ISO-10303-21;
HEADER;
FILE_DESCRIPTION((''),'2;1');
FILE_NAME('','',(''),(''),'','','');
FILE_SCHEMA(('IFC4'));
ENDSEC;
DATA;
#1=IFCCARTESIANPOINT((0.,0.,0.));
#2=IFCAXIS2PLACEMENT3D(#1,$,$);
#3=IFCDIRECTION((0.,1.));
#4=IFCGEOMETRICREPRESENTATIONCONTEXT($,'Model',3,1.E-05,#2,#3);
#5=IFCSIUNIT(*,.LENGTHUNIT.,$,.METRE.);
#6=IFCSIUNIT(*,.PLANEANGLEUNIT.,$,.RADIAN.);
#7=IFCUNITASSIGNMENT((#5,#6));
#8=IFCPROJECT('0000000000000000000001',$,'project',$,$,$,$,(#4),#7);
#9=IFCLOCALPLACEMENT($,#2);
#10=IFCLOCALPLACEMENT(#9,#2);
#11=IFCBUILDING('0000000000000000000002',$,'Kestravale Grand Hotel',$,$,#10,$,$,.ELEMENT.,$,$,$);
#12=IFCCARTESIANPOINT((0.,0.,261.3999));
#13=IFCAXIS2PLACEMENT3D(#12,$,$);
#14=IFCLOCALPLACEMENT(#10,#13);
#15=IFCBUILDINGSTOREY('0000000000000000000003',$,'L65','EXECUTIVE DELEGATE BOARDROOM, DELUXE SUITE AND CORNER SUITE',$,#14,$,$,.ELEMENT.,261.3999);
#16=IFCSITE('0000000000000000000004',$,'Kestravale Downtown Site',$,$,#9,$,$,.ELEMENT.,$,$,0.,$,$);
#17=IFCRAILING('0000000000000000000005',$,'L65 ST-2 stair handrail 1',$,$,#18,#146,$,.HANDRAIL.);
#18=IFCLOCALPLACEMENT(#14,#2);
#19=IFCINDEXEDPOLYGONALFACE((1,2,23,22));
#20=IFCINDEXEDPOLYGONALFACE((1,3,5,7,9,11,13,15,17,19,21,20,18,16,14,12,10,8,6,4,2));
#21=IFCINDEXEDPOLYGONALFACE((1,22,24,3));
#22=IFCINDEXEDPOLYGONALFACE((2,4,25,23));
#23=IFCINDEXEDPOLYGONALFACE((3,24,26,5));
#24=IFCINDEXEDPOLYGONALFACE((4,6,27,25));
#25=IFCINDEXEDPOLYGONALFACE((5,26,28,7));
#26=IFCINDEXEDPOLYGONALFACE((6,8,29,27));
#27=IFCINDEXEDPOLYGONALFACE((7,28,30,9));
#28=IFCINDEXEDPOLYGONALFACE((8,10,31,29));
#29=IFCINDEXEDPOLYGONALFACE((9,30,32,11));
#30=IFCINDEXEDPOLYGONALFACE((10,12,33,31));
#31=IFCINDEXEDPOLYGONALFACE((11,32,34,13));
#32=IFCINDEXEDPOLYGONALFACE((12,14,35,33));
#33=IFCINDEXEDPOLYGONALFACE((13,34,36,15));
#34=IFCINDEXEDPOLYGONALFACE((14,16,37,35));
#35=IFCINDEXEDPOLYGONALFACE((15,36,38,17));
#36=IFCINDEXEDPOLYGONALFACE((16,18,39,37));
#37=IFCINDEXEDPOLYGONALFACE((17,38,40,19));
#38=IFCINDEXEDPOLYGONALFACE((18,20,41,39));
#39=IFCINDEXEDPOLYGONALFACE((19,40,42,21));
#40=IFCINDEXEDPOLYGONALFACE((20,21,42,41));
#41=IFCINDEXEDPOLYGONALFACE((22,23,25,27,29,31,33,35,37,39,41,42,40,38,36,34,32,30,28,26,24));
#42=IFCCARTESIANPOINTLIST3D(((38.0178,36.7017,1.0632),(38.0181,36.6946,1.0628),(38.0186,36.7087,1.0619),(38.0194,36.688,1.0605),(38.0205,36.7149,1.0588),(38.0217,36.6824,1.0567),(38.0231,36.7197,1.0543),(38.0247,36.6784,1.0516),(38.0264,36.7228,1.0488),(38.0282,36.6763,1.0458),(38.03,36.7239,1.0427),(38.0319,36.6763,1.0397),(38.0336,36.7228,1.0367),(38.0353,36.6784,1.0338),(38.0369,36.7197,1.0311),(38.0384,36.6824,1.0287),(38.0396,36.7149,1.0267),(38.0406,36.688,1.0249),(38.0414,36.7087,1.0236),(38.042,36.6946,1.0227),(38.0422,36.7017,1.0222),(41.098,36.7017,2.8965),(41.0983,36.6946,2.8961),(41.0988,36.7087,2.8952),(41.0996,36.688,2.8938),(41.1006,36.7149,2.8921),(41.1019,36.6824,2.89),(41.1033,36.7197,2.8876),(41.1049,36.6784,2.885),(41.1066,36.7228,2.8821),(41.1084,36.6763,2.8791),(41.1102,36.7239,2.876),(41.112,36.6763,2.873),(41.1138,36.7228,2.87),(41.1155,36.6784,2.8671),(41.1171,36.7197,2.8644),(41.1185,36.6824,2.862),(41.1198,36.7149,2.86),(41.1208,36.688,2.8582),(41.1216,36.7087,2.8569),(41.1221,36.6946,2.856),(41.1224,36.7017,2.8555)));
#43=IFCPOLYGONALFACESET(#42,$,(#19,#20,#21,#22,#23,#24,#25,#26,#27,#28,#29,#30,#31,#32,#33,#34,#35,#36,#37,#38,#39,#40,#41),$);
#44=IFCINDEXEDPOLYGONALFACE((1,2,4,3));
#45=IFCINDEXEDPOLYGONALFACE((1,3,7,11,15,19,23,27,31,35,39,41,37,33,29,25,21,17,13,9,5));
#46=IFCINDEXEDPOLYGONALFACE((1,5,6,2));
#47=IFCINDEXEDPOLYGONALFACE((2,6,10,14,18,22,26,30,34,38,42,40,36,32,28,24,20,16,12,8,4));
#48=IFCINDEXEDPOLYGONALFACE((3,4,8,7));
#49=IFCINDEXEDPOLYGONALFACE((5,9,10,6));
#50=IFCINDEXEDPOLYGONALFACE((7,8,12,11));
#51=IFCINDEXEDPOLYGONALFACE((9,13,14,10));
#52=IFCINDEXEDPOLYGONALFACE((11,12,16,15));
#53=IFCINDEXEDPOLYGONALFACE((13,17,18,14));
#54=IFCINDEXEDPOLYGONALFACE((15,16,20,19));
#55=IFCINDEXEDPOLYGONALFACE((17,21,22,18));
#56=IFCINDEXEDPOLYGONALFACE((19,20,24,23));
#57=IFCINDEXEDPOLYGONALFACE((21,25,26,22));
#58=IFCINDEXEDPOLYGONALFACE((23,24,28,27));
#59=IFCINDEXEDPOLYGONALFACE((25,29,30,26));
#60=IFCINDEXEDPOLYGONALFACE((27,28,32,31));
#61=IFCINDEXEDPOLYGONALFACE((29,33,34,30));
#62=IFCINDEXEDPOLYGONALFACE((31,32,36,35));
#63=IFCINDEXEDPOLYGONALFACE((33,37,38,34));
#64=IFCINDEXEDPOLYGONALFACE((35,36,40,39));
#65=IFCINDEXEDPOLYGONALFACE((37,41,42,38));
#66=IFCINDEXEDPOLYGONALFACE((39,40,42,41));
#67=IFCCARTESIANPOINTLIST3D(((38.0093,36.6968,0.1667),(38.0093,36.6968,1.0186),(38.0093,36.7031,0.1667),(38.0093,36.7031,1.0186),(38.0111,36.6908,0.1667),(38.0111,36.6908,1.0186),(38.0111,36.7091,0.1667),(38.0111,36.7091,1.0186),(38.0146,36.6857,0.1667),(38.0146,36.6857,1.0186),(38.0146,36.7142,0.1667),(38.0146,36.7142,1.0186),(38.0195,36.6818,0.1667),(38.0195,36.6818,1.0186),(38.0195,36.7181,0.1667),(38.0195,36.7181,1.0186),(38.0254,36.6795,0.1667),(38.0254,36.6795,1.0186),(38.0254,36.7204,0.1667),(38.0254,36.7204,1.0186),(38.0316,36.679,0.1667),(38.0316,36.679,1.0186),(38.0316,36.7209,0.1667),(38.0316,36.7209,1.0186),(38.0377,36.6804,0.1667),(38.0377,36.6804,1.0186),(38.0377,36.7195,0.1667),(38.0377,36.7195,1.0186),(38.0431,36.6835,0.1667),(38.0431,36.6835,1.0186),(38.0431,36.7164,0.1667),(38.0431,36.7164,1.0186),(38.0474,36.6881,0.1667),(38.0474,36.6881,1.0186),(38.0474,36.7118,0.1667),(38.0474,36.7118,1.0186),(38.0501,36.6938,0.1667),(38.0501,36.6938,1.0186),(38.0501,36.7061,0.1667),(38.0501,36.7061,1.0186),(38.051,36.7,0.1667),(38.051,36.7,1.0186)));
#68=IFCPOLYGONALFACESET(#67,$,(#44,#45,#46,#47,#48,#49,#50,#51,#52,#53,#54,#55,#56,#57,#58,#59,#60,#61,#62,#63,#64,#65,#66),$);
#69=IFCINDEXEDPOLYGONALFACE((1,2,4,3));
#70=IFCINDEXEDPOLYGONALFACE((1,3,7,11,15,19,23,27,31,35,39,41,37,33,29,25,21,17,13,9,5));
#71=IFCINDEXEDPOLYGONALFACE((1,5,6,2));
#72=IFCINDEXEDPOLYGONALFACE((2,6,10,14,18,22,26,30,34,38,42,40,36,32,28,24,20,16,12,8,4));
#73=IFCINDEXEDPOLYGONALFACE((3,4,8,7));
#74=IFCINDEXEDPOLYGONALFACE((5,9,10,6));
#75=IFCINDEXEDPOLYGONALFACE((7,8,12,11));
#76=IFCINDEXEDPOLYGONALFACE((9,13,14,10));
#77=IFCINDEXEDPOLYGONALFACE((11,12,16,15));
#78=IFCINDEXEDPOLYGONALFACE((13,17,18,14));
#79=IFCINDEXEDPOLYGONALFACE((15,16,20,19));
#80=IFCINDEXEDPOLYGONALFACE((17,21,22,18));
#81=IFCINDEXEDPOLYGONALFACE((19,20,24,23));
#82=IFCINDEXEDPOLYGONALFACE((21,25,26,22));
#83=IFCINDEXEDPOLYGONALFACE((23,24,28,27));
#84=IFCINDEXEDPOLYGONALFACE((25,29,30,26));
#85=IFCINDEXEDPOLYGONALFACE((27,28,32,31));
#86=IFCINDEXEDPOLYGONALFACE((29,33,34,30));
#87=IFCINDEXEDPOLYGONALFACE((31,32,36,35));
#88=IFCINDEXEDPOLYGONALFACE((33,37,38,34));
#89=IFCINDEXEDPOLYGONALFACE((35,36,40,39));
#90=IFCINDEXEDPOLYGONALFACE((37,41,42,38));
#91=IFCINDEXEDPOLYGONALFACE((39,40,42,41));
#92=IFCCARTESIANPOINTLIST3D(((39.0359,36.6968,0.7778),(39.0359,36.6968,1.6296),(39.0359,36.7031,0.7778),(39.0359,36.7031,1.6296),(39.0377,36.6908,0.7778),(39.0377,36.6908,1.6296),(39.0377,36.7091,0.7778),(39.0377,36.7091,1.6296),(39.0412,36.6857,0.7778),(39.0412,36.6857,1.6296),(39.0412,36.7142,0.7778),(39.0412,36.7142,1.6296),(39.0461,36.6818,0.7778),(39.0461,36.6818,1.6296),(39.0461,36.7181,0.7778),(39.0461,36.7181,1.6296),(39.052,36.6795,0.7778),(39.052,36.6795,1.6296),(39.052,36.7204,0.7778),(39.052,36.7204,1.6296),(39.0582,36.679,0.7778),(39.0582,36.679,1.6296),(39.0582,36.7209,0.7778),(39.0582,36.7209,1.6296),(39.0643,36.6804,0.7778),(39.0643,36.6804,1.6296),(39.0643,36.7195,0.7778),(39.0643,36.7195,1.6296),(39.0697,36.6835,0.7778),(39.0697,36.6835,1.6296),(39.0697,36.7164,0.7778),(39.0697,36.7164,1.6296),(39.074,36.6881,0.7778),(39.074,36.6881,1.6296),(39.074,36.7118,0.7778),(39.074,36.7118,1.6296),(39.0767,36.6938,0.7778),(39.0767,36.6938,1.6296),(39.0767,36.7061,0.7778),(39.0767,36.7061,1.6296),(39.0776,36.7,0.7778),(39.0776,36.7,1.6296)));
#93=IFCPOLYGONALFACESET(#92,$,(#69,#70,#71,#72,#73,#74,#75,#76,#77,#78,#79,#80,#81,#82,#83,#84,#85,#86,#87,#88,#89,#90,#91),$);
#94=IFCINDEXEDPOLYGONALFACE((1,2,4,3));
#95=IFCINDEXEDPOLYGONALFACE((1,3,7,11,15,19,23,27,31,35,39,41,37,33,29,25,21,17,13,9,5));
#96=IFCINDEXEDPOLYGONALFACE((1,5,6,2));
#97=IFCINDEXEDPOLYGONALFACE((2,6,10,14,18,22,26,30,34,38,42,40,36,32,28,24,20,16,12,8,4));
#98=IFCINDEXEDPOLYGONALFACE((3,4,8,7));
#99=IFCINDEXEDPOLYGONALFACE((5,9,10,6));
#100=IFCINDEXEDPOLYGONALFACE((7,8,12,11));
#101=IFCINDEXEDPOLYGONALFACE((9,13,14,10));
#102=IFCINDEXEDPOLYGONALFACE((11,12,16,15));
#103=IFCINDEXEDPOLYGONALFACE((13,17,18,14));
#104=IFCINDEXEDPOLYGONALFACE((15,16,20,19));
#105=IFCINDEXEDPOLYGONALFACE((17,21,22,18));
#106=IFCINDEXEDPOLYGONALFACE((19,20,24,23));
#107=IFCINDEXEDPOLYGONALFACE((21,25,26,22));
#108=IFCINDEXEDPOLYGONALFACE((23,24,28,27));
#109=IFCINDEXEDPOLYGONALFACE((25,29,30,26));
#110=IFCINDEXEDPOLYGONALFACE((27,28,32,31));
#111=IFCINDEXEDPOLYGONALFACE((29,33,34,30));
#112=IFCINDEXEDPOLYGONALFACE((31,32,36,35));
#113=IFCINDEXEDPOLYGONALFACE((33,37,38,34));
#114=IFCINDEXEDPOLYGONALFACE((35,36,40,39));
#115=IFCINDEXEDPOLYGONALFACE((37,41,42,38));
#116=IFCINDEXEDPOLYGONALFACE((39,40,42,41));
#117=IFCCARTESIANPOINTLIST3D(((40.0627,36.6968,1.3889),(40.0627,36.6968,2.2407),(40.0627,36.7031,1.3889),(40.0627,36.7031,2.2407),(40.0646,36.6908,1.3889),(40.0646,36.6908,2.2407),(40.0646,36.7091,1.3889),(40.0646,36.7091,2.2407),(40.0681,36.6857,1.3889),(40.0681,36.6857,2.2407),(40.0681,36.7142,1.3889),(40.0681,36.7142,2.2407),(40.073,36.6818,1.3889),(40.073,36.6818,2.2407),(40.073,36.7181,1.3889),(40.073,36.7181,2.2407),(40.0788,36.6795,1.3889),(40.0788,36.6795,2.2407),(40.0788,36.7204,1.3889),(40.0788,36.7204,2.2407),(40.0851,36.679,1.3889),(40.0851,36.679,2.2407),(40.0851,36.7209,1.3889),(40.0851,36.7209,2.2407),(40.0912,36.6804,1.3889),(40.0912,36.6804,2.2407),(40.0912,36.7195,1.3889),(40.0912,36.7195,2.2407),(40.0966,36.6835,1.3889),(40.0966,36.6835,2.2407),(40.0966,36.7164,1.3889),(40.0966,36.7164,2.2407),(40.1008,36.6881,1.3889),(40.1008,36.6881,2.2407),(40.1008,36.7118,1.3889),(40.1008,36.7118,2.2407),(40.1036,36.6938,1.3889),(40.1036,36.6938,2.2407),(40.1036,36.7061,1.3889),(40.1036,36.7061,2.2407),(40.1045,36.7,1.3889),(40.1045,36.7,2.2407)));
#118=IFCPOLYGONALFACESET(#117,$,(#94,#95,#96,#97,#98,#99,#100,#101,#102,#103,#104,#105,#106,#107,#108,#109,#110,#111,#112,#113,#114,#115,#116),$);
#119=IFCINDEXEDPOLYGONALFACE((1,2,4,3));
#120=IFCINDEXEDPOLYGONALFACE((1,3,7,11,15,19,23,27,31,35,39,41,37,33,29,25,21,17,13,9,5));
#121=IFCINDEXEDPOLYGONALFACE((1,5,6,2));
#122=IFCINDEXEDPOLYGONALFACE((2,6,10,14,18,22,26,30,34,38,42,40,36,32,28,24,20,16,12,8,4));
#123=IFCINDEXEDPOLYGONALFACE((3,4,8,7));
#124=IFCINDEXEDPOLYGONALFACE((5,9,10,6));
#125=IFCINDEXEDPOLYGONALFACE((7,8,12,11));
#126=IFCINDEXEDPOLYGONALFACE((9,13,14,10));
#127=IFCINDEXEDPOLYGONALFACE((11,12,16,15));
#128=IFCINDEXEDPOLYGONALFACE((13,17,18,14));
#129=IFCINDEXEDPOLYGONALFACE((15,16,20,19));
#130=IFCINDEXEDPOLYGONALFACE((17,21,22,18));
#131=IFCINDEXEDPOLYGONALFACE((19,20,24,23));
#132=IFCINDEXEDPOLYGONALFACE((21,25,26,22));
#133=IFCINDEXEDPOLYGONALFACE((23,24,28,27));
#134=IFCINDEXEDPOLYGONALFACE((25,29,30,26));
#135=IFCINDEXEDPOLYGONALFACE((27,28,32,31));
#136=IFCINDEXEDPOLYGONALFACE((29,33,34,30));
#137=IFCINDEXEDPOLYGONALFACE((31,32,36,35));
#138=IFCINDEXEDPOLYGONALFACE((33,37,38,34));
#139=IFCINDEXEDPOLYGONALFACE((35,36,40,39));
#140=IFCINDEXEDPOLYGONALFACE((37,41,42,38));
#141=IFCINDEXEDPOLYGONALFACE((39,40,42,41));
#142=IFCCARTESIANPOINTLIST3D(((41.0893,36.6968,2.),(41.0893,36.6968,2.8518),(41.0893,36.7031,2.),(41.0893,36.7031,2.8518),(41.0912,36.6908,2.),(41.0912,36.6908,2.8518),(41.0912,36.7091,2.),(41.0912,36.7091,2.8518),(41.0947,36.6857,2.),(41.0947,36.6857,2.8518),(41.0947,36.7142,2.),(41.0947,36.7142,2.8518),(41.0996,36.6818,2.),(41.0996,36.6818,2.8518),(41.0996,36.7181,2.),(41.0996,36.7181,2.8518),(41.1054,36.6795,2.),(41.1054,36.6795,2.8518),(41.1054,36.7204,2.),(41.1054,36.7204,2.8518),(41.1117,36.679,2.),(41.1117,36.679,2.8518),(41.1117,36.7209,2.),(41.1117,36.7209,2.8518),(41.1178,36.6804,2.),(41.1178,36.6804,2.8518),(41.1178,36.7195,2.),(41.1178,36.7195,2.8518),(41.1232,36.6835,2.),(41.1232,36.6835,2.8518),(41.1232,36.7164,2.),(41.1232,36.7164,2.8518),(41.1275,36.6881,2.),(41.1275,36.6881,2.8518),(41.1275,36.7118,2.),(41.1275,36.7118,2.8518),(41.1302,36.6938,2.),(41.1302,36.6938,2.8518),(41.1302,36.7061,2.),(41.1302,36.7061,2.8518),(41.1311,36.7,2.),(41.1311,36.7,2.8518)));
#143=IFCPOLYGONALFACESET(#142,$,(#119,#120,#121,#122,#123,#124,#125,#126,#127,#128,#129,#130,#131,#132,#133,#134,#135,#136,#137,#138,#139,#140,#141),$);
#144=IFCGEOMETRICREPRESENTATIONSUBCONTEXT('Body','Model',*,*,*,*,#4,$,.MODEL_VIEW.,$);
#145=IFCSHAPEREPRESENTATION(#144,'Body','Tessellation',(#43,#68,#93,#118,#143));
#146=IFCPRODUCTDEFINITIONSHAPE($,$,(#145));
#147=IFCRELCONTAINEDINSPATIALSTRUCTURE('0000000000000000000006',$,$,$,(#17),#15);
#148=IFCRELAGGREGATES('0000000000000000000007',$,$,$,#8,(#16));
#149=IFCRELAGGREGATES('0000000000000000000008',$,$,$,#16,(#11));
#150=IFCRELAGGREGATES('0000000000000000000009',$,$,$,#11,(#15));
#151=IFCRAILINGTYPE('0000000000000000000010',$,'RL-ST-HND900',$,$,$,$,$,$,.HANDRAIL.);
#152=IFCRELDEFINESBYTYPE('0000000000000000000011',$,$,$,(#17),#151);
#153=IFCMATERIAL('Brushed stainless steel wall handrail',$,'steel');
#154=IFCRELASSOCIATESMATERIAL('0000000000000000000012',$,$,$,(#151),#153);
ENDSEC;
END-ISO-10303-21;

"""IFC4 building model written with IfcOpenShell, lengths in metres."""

from ifc_helpers import new_model, si_unit, direction, frame, origin, origin_2d, place, context, subcontext, project, spatial, circle, extrude, material, type_object, element, save


model = new_model("IFC4")

# Units and contexts
model_context = context("Model", 3, precision=1e-05, world=origin(), true_north=direction((0.0, 1.0)))
body_context = subcontext(model_context, "Body", "Model", "MODEL_VIEW")
ifc_project = project(units=[si_unit("LENGTHUNIT", "METRE"), si_unit("PLANEANGLEUNIT", "RADIAN")], contexts=[model_context])

# Site, building, storey
site_placement = place(None, origin())
site = spatial("IfcSite", under=ifc_project, at=site_placement, Name="Kestravale Downtown Site", CompositionType="ELEMENT", RefElevation=0.0)
building_placement = place(site_placement, origin())
building = spatial("IfcBuilding", under=site, at=building_placement, Name="Kestravale Grand Hotel", CompositionType="ELEMENT")
storey_placement = place(building_placement, frame((0.0, 0.0, 261.3999)))
storey = spatial("IfcBuildingStorey", under=building, at=storey_placement, Name="L65", Description="EXECUTIVE DELEGATE BOARDROOM, DELUXE SUITE AND CORNER SUITE", CompositionType="ELEMENT", Elevation=261.3999)

# Railing
ifc_material_1 = material(Name="Brushed stainless steel wall handrail", Category="steel")
railing_type_1 = type_object("IfcRailingType", Name="RL-ST-HND900", PredefinedType="HANDRAIL", material=ifc_material_1)
railing_1_placement = place(storey_placement, frame((38.03, 36.7, 0.1667)))
element("IfcRailing", 1, at=railing_1_placement, inside=storey, type_object=railing_type_1, Name="L65 ST-2 stair handrail 1", PredefinedType="HANDRAIL", context=body_context, shape_type="SweptSolid", body=[
    extrude(circle(Radius=0.0239, at=origin_2d()), frame((0.0, 0.0, 0.876), z_axis=(0.859309, 0.0, 0.511458), x_axis=(0.0, 1.0, 0.0)), (0.0, 0.0, 1.0), 3.5845),
    extrude(circle(Radius=0.021, at=origin_2d()), origin(), (0.0, 0.0, 1.0), 0.8518),
    extrude(circle(Radius=0.021, at=origin_2d()), frame((1.0266, 0.0, 0.6111)), (0.0, 0.0, 1.0), 0.8518),
    extrude(circle(Radius=0.021, at=origin_2d()), frame((2.0535, 0.0, 1.2222)), (0.0, 0.0, 1.0), 0.8518),
    extrude(circle(Radius=0.021, at=origin_2d()), frame((3.0801, 0.0, 1.8333)), (0.0, 0.0, 1.0), 0.8518),
])

save(model, "model.ifc")
